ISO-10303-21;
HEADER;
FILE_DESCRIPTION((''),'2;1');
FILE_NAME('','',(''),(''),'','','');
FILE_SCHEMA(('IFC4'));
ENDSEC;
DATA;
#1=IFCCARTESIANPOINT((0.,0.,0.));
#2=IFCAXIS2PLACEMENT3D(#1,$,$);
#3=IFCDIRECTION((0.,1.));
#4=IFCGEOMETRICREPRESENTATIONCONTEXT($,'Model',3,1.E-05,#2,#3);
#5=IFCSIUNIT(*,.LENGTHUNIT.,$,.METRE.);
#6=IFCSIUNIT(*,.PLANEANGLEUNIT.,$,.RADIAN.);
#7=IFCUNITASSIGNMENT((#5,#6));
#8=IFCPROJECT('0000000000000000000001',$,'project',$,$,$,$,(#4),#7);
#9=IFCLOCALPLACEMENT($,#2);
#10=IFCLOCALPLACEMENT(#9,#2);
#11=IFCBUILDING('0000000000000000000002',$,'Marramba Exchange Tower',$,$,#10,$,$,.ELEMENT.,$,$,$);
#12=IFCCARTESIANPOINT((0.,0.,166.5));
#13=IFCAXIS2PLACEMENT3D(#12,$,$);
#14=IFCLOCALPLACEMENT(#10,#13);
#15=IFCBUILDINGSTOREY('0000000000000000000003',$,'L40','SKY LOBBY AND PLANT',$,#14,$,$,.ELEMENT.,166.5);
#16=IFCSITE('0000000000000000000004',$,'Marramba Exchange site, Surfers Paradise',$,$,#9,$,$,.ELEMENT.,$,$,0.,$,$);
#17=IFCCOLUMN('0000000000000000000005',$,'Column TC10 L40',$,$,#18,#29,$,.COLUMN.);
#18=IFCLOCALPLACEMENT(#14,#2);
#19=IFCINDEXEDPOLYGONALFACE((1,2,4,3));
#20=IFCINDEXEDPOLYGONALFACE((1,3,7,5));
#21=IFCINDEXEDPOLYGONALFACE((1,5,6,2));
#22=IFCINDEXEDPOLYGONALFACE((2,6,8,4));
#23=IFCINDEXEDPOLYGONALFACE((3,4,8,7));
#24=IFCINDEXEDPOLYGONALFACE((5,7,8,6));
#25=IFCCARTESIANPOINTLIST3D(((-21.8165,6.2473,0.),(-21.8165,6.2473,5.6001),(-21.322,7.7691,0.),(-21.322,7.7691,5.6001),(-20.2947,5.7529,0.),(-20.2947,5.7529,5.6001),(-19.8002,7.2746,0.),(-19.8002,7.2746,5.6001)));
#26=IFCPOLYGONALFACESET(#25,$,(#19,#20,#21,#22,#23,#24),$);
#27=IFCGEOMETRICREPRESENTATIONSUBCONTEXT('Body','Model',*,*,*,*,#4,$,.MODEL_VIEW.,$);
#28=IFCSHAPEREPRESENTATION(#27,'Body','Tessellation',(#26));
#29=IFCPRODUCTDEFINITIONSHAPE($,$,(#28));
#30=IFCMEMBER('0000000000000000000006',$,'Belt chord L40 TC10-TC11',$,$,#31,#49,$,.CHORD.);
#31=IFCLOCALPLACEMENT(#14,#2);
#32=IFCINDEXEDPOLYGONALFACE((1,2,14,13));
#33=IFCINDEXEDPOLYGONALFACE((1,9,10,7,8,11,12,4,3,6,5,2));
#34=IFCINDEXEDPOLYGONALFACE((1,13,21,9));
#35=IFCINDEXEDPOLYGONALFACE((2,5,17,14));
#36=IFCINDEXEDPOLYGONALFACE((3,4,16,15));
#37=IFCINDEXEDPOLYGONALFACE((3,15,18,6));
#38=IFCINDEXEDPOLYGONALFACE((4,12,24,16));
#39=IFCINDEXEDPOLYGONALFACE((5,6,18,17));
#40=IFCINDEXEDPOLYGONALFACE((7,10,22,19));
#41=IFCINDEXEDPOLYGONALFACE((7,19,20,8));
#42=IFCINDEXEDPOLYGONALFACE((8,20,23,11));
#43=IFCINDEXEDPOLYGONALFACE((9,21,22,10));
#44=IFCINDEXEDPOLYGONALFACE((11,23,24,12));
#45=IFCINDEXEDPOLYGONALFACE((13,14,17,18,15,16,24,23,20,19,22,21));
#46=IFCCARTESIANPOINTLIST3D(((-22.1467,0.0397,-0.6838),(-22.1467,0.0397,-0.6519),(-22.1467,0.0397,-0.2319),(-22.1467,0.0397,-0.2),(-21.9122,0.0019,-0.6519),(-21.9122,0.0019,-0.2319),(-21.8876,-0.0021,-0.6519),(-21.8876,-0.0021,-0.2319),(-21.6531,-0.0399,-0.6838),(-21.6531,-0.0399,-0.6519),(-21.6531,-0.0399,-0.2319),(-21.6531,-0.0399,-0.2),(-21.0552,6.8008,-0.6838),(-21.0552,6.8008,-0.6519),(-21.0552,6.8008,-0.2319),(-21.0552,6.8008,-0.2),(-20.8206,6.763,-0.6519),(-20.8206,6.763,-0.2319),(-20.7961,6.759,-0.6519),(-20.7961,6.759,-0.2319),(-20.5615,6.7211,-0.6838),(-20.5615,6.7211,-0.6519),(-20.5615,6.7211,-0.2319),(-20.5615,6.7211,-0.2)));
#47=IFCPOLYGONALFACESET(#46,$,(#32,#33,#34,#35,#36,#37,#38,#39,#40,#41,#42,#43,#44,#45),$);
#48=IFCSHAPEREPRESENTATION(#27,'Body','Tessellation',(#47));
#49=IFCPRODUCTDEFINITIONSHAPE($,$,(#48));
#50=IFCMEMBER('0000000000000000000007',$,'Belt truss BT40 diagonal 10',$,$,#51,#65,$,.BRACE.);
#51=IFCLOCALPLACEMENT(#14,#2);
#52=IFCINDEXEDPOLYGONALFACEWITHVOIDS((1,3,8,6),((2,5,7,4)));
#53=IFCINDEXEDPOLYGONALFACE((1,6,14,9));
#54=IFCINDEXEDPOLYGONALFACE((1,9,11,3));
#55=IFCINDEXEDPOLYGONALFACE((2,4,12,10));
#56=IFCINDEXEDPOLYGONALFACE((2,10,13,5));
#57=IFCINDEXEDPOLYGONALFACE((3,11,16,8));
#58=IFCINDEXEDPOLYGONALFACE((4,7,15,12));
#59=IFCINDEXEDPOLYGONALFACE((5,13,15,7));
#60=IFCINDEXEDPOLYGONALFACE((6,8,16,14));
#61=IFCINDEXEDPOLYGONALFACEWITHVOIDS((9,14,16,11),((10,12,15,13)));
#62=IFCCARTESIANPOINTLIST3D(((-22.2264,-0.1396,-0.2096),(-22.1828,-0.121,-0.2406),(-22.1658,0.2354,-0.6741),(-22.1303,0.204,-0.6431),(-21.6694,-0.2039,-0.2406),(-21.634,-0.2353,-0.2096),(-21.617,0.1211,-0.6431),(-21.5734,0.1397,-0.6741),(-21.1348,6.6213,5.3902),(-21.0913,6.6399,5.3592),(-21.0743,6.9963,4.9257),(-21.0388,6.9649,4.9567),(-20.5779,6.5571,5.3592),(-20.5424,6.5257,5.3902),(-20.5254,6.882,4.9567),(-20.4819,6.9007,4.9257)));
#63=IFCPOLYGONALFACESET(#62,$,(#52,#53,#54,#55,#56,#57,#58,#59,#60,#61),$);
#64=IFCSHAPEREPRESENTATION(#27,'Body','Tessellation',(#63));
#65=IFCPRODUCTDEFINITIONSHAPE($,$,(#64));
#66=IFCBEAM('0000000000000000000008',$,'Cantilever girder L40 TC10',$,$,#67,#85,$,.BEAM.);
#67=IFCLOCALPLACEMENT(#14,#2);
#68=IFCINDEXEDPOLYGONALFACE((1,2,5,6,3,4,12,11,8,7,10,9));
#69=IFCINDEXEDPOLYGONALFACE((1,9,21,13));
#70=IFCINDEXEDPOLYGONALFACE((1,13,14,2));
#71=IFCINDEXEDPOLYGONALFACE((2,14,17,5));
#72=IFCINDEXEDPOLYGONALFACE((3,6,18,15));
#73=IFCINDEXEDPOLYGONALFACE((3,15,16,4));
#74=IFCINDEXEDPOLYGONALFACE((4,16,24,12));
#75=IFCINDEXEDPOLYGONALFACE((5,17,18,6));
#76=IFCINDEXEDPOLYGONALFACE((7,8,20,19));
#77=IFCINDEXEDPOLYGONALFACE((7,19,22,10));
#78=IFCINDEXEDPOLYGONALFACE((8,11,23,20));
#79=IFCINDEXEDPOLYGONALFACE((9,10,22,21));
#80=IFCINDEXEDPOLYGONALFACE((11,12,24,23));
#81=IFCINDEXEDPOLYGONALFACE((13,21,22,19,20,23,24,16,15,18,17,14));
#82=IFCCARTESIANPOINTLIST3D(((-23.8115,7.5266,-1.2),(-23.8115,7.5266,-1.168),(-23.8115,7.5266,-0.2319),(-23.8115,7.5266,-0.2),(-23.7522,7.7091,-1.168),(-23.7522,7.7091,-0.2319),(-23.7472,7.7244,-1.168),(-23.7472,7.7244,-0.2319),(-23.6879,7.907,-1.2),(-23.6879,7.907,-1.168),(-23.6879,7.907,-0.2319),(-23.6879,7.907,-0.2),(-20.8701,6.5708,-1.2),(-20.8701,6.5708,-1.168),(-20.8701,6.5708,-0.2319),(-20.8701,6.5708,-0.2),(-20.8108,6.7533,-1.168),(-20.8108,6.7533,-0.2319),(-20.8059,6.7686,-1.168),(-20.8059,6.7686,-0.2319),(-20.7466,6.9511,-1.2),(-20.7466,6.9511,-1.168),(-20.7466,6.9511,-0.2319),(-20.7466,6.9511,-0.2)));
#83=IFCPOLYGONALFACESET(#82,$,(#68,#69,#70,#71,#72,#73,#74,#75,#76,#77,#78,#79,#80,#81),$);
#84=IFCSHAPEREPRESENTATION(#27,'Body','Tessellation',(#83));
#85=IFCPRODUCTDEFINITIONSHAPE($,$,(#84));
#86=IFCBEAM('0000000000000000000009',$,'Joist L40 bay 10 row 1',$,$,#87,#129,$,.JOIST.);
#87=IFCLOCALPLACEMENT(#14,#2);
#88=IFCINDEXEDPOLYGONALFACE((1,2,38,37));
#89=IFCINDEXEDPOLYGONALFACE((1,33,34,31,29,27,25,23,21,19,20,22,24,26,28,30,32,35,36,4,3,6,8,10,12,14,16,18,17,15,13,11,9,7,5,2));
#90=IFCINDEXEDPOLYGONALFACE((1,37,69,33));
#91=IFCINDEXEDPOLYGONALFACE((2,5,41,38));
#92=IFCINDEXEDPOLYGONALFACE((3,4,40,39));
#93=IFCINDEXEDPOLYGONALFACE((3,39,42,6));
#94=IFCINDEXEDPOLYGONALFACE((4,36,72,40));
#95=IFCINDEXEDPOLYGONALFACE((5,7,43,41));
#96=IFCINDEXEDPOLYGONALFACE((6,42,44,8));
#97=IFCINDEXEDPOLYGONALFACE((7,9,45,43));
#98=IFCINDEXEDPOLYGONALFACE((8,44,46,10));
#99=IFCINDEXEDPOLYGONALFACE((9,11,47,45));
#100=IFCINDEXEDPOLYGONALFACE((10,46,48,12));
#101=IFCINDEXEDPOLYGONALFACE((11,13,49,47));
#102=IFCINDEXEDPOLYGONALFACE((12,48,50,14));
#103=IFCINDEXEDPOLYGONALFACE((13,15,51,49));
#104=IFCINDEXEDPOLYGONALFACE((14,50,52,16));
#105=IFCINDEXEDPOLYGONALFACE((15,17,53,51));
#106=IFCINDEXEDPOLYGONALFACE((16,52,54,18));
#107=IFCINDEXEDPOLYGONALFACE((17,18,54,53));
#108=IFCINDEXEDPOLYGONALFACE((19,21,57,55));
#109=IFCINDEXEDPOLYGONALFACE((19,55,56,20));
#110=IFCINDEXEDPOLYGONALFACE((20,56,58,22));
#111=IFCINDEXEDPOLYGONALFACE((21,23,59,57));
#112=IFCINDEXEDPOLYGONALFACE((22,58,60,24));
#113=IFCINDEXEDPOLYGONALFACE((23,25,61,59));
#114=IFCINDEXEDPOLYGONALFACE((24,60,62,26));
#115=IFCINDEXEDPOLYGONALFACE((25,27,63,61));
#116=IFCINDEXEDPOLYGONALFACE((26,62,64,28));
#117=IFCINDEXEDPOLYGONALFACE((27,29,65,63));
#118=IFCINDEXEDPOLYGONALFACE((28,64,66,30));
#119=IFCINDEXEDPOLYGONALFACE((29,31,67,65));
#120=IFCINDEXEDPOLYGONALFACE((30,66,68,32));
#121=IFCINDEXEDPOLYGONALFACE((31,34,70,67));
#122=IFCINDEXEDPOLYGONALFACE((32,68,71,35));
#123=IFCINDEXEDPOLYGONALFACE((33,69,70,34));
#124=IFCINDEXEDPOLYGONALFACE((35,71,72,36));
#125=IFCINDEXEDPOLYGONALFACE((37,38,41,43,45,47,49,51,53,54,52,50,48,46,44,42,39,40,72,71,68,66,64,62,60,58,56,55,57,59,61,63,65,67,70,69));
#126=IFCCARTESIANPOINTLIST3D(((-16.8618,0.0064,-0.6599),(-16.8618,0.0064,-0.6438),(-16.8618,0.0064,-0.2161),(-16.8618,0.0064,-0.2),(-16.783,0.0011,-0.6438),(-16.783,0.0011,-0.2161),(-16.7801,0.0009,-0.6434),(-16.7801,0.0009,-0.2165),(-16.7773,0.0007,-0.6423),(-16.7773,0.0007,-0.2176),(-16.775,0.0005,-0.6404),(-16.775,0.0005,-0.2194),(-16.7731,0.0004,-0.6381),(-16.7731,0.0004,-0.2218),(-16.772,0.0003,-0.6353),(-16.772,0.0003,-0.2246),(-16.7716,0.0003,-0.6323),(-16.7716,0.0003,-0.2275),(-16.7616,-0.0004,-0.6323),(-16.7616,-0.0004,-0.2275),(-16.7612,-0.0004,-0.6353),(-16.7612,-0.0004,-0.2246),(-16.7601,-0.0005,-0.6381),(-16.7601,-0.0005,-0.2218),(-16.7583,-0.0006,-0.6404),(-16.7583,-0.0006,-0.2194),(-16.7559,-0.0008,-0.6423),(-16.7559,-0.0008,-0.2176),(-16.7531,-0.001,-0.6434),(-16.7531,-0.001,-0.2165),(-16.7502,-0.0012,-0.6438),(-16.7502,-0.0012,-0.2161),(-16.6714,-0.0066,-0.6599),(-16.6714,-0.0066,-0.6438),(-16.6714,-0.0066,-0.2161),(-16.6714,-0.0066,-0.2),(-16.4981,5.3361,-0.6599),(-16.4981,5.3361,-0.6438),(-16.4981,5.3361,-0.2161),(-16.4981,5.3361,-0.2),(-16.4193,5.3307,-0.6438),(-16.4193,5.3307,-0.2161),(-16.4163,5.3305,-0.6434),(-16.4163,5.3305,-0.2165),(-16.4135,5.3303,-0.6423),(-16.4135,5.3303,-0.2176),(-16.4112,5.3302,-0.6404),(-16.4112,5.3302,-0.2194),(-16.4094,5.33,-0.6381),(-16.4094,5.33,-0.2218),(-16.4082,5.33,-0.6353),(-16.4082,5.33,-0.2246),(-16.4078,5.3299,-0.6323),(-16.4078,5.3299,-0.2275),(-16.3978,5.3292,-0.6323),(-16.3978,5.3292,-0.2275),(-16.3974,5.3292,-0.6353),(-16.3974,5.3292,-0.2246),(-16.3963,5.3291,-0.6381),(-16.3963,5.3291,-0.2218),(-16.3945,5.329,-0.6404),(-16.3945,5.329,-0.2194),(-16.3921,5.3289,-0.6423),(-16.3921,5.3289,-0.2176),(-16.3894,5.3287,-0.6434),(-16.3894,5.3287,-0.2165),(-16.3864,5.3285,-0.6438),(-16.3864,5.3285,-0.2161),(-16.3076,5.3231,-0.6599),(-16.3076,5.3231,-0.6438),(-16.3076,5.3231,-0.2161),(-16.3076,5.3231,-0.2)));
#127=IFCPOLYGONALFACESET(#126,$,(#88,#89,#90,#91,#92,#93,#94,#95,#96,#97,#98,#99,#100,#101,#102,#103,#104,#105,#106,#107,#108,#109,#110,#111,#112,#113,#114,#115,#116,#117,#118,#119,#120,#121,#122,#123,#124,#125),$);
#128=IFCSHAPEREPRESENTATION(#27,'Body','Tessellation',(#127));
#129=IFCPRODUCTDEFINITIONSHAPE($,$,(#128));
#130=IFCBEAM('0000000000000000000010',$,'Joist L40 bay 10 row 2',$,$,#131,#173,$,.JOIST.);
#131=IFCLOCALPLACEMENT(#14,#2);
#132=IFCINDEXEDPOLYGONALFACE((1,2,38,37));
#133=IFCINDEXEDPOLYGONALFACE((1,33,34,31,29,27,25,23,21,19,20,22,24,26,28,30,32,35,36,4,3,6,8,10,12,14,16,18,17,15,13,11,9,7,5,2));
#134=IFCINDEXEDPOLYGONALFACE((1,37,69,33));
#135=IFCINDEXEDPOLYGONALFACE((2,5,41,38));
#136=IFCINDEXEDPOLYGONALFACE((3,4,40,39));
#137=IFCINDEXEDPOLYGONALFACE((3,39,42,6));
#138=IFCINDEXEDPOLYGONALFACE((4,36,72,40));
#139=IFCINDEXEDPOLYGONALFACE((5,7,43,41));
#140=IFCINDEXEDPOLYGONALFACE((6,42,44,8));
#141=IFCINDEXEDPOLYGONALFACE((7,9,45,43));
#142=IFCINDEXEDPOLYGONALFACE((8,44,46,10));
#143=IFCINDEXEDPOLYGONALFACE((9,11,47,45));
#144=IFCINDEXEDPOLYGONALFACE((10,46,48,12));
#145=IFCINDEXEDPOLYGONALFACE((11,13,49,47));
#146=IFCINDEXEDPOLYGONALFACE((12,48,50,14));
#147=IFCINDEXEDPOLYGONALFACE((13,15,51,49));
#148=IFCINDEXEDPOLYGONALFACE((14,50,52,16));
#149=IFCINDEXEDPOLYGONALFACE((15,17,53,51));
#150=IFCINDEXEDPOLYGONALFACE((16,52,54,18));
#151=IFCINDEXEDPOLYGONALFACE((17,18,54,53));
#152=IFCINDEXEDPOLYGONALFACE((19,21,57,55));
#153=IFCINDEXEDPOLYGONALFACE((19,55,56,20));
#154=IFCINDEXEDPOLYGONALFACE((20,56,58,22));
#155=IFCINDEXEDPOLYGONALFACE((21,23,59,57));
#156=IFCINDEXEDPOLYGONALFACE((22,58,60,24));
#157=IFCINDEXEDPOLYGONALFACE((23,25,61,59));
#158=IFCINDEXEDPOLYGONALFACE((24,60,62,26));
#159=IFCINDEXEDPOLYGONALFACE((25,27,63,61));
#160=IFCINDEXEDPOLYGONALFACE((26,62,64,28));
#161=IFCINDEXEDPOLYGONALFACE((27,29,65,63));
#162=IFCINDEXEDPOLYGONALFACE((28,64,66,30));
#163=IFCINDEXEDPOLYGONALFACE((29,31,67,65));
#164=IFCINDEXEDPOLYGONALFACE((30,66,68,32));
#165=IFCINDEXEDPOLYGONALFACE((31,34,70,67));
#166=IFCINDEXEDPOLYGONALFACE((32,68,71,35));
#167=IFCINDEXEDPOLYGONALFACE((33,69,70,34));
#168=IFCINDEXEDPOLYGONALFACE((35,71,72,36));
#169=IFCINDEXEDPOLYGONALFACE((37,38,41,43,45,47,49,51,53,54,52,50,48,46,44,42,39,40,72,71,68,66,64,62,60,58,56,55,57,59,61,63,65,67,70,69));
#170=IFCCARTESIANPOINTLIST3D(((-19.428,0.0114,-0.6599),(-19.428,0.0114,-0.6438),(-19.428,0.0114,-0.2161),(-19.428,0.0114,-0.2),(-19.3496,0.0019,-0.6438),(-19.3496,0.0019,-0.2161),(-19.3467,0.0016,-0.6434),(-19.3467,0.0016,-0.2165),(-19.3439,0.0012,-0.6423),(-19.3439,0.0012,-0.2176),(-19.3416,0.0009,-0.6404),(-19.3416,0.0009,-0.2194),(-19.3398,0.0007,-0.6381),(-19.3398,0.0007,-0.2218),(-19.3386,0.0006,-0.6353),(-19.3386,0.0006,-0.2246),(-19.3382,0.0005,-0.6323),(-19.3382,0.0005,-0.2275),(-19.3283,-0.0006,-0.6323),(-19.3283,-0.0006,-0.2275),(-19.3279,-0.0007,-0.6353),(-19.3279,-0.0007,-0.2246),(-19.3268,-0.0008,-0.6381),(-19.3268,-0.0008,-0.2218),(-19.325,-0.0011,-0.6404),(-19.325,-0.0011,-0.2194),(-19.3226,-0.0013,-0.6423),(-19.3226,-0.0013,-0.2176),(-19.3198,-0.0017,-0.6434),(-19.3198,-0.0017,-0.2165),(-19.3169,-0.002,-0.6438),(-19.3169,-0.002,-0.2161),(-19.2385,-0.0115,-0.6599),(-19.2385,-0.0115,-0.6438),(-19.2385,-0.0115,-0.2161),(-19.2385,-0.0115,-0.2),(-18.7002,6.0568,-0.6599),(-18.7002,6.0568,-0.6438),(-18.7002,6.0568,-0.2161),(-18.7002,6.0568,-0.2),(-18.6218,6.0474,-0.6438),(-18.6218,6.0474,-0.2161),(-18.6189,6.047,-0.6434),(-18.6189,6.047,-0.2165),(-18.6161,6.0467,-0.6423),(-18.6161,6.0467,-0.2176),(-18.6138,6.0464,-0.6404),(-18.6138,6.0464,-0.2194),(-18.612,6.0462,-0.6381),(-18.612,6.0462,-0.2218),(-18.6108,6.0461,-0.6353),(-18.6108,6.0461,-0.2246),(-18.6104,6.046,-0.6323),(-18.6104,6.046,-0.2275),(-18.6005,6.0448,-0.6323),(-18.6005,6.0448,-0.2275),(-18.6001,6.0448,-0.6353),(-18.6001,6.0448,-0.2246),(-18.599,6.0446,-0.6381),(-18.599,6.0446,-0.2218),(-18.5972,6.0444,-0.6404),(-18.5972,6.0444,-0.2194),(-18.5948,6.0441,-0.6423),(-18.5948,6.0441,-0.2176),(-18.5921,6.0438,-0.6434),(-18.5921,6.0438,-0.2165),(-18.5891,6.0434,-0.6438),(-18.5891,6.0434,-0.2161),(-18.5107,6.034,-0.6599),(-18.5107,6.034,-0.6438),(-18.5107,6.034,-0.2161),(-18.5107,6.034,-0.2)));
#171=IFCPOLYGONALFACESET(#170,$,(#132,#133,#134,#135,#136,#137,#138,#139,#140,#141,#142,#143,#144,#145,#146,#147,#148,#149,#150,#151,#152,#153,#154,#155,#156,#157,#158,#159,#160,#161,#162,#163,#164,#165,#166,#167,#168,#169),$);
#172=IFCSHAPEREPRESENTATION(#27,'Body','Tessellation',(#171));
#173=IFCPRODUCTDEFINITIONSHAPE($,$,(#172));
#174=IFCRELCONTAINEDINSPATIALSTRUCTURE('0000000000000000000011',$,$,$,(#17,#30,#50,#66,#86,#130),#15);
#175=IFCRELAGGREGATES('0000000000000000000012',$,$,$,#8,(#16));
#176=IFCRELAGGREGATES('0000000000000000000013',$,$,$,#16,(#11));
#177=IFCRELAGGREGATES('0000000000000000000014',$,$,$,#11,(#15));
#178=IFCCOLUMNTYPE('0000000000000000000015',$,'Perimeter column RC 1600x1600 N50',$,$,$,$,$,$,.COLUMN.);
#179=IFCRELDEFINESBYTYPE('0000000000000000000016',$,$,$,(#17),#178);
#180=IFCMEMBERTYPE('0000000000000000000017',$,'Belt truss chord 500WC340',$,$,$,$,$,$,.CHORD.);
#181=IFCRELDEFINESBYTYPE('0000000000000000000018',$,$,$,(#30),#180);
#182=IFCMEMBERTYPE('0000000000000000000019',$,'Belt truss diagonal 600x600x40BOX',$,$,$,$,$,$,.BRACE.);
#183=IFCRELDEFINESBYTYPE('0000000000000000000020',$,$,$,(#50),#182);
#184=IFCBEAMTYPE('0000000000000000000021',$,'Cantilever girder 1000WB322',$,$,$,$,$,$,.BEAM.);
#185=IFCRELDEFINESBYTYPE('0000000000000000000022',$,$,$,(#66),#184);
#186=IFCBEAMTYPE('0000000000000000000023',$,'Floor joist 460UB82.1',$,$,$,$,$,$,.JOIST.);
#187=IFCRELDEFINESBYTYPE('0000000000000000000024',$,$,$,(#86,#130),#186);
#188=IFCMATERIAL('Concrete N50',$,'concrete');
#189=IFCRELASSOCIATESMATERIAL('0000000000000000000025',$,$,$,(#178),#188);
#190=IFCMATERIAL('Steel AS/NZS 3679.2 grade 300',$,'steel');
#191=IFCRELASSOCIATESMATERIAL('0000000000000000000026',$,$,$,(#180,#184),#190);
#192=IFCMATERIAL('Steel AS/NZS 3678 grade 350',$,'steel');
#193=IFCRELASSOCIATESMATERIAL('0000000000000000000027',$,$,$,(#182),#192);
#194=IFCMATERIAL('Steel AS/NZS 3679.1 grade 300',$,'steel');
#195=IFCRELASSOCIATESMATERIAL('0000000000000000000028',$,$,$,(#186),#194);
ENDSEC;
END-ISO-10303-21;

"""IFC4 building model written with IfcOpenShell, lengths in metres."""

from ifc_helpers import new_model, si_unit, direction, frame, origin, origin_2d, place, context, subcontext, project, spatial, rectangle, hollow_rectangle, i_section, extrude, material, material_profile, profile_set, type_object, element, save


model = new_model("IFC4")

# Units and contexts
model_context = context("Model", 3, precision=1e-05, world=origin(), true_north=direction((0.0, 1.0)))
body_context = subcontext(model_context, "Body", "Model", "MODEL_VIEW")
ifc_project = project(units=[si_unit("LENGTHUNIT", "METRE"), si_unit("PLANEANGLEUNIT", "RADIAN")], contexts=[model_context])

# Site, building, storey
site_placement = place(None, origin())
site = spatial("IfcSite", under=ifc_project, at=site_placement, Name="Marramba Exchange site, Surfers Paradise", CompositionType="ELEMENT", RefElevation=0.0)
building_placement = place(site_placement, origin())
building = spatial("IfcBuilding", under=site, at=building_placement, Name="Marramba Exchange Tower", CompositionType="ELEMENT")
storey_placement = place(building_placement, frame((0.0, 0.0, 166.5)))
storey = spatial("IfcBuildingStorey", under=building, at=storey_placement, Name="L40", Description="SKY LOBBY AND PLANT", CompositionType="ELEMENT", Elevation=166.5)

# Column
ifc_material_1 = material(Name="Concrete N50", Category="concrete")
ifc_material_profile_1 = material_profile(ifc_material_1, rectangle(XDim=1.6001, YDim=1.6001, at=origin_2d()), Name="RC 1600x1600")
ifc_profile_set_1 = profile_set([ifc_material_profile_1], Name="Concrete N50")
column_type = type_object("IfcColumnType", Name="Perimeter column RC 1600x1600 N50", PredefinedType="COLUMN", material=ifc_profile_set_1)
column_placement = place(storey_placement, frame((-20.8083, 6.761, 0.0), z_axis=(0.0, 0.0, 1.0), x_axis=(-0.951057, 0.309017, 0.0)))
element("IfcColumn", 1, at=column_placement, inside=storey, type_object=column_type, Name="Column TC10 L40", PredefinedType="COLUMN", context=body_context, shape_type="SweptSolid", body=[
    extrude(rectangle(XDim=1.6001, YDim=1.6001, at=origin_2d()), origin(), (0.0, 0.0, 1.0), 5.6001),
])

# Members
ifc_material_2 = material(Name="Steel AS/NZS 3679.2 grade 300", Category="steel")
ifc_material_profile_2 = material_profile(ifc_material_2, i_section(OverallWidth=0.5, OverallDepth=0.4839, WebThickness=0.0249, FlangeThickness=0.032, at=origin_2d()), Name="500WC340")
ifc_profile_set_2 = profile_set([ifc_material_profile_2], Name="Steel AS/NZS 3679.2 grade 300")
member_type_1 = type_object("IfcMemberType", Name="Belt truss chord 500WC340", PredefinedType="CHORD", material=ifc_profile_set_2)
member_1_placement = place(storey_placement, frame((-20.8083, 6.761, -0.4419), z_axis=(-0.159385, -0.987217, 0.0), x_axis=(0.987217, -0.159385, 0.0)))
element("IfcMember", 2, at=member_1_placement, inside=storey, type_object=member_type_1, Name="Belt chord L40 TC10-TC11", PredefinedType="CHORD", context=body_context, shape_type="SweptSolid", body=[
    extrude(i_section(OverallWidth=0.5, OverallDepth=0.4839, WebThickness=0.0249, FlangeThickness=0.032, at=origin_2d()), origin(), (0.0, 0.0, 1.0), 6.8486),
])
ifc_material_3 = material(Name="Steel AS/NZS 3678 grade 350", Category="steel")
ifc_material_profile_3 = material_profile(ifc_material_3, hollow_rectangle(XDim=0.6001, YDim=0.6001, WallThickness=0.04, at=origin_2d()), Name="600x600x40BOX")
ifc_profile_set_3 = profile_set([ifc_material_profile_3], Name="Steel AS/NZS 3678 grade 350")
member_type_2 = type_object("IfcMemberType", Name="Belt truss diagonal 600x600x40BOX", PredefinedType="BRACE", material=ifc_profile_set_3)
member_2_placement = place(storey_placement, frame((-20.8083, 6.761, 5.158), z_axis=(-0.123388, -0.764254, -0.633001), x_axis=(0.987217, -0.159385, 0.0)))
element("IfcMember", 3, at=member_2_placement, inside=storey, type_object=member_type_2, Name="Belt truss BT40 diagonal 10", PredefinedType="BRACE", context=body_context, shape_type="SweptSolid", body=[
    extrude(hollow_rectangle(XDim=0.6001, YDim=0.6001, WallThickness=0.04, at=origin_2d()), origin(), (0.0, 0.0, 1.0), 8.8464),
])

# Beams
ifc_material_profile_4 = material_profile(ifc_material_2, i_section(OverallWidth=0.3999, OverallDepth=1.0, WebThickness=0.0161, FlangeThickness=0.032, at=origin_2d()), Name="1000WB322")
ifc_profile_set_4 = profile_set([ifc_material_profile_4], Name="Steel AS/NZS 3679.2 grade 300")
beam_type_1 = type_object("IfcBeamType", Name="Cantilever girder 1000WB322", PredefinedType="BEAM", material=ifc_profile_set_4)
beam_1_placement = place(storey_placement, frame((-20.8083, 6.761, -0.7), z_axis=(-0.951048, 0.309043, 0.0), x_axis=(-0.309043, -0.951048, 0.0)))
element("IfcBeam", 4, at=beam_1_placement, inside=storey, type_object=beam_type_1, Name="Cantilever girder L40 TC10", PredefinedType="BEAM", context=body_context, shape_type="SweptSolid", body=[
    extrude(i_section(OverallWidth=0.3999, OverallDepth=1.0, WebThickness=0.0161, FlangeThickness=0.032, at=origin_2d()), origin(), (0.0, 0.0, 1.0), 3.0928),
])
ifc_material_4 = material(Name="Steel AS/NZS 3679.1 grade 300", Category="steel")
ifc_material_profile_5 = material_profile(ifc_material_4, i_section(OverallWidth=0.1909, OverallDepth=0.46, WebThickness=0.01, FlangeThickness=0.0161, FilletRadius=0.0115, at=origin_2d()), Name="460UB82.1")
ifc_profile_set_5 = profile_set([ifc_material_profile_5], Name="Steel AS/NZS 3679.1 grade 300")
beam_type_2 = type_object("IfcBeamType", Name="Floor joist 460UB82.1", PredefinedType="JOIST", material=ifc_profile_set_5)
beam_2_placement = place(storey_placement, frame((-16.4028, 5.3296, -0.4299), z_axis=(-0.068096, -0.997679, 0.0), x_axis=(0.997679, -0.068096, 0.0)))
element("IfcBeam", 5, at=beam_2_placement, inside=storey, type_object=beam_type_2, Name="Joist L40 bay 10 row 1", PredefinedType="JOIST", context=body_context, shape_type="SweptSolid", body=[
    extrude(i_section(OverallWidth=0.1909, OverallDepth=0.46, WebThickness=0.01, FlangeThickness=0.0161, FilletRadius=0.0115, at=origin_2d()), origin(), (0.0, 0.0, 1.0), 5.342),
])
beam_3_placement = place(storey_placement, frame((-18.6055, 6.0454, -0.4299), z_axis=(-0.119523, -0.992831, 0.0), x_axis=(0.992831, -0.119523, 0.0)))
element("IfcBeam", 6, at=beam_3_placement, inside=storey, type_object=beam_type_2, Name="Joist L40 bay 10 row 2", PredefinedType="JOIST", context=body_context, shape_type="SweptSolid", body=[
    extrude(i_section(OverallWidth=0.1909, OverallDepth=0.46, WebThickness=0.01, FlangeThickness=0.0161, FilletRadius=0.0115, at=origin_2d()), origin(), (0.0, 0.0, 1.0), 6.0891),
])

save(model, "model.ifc")
